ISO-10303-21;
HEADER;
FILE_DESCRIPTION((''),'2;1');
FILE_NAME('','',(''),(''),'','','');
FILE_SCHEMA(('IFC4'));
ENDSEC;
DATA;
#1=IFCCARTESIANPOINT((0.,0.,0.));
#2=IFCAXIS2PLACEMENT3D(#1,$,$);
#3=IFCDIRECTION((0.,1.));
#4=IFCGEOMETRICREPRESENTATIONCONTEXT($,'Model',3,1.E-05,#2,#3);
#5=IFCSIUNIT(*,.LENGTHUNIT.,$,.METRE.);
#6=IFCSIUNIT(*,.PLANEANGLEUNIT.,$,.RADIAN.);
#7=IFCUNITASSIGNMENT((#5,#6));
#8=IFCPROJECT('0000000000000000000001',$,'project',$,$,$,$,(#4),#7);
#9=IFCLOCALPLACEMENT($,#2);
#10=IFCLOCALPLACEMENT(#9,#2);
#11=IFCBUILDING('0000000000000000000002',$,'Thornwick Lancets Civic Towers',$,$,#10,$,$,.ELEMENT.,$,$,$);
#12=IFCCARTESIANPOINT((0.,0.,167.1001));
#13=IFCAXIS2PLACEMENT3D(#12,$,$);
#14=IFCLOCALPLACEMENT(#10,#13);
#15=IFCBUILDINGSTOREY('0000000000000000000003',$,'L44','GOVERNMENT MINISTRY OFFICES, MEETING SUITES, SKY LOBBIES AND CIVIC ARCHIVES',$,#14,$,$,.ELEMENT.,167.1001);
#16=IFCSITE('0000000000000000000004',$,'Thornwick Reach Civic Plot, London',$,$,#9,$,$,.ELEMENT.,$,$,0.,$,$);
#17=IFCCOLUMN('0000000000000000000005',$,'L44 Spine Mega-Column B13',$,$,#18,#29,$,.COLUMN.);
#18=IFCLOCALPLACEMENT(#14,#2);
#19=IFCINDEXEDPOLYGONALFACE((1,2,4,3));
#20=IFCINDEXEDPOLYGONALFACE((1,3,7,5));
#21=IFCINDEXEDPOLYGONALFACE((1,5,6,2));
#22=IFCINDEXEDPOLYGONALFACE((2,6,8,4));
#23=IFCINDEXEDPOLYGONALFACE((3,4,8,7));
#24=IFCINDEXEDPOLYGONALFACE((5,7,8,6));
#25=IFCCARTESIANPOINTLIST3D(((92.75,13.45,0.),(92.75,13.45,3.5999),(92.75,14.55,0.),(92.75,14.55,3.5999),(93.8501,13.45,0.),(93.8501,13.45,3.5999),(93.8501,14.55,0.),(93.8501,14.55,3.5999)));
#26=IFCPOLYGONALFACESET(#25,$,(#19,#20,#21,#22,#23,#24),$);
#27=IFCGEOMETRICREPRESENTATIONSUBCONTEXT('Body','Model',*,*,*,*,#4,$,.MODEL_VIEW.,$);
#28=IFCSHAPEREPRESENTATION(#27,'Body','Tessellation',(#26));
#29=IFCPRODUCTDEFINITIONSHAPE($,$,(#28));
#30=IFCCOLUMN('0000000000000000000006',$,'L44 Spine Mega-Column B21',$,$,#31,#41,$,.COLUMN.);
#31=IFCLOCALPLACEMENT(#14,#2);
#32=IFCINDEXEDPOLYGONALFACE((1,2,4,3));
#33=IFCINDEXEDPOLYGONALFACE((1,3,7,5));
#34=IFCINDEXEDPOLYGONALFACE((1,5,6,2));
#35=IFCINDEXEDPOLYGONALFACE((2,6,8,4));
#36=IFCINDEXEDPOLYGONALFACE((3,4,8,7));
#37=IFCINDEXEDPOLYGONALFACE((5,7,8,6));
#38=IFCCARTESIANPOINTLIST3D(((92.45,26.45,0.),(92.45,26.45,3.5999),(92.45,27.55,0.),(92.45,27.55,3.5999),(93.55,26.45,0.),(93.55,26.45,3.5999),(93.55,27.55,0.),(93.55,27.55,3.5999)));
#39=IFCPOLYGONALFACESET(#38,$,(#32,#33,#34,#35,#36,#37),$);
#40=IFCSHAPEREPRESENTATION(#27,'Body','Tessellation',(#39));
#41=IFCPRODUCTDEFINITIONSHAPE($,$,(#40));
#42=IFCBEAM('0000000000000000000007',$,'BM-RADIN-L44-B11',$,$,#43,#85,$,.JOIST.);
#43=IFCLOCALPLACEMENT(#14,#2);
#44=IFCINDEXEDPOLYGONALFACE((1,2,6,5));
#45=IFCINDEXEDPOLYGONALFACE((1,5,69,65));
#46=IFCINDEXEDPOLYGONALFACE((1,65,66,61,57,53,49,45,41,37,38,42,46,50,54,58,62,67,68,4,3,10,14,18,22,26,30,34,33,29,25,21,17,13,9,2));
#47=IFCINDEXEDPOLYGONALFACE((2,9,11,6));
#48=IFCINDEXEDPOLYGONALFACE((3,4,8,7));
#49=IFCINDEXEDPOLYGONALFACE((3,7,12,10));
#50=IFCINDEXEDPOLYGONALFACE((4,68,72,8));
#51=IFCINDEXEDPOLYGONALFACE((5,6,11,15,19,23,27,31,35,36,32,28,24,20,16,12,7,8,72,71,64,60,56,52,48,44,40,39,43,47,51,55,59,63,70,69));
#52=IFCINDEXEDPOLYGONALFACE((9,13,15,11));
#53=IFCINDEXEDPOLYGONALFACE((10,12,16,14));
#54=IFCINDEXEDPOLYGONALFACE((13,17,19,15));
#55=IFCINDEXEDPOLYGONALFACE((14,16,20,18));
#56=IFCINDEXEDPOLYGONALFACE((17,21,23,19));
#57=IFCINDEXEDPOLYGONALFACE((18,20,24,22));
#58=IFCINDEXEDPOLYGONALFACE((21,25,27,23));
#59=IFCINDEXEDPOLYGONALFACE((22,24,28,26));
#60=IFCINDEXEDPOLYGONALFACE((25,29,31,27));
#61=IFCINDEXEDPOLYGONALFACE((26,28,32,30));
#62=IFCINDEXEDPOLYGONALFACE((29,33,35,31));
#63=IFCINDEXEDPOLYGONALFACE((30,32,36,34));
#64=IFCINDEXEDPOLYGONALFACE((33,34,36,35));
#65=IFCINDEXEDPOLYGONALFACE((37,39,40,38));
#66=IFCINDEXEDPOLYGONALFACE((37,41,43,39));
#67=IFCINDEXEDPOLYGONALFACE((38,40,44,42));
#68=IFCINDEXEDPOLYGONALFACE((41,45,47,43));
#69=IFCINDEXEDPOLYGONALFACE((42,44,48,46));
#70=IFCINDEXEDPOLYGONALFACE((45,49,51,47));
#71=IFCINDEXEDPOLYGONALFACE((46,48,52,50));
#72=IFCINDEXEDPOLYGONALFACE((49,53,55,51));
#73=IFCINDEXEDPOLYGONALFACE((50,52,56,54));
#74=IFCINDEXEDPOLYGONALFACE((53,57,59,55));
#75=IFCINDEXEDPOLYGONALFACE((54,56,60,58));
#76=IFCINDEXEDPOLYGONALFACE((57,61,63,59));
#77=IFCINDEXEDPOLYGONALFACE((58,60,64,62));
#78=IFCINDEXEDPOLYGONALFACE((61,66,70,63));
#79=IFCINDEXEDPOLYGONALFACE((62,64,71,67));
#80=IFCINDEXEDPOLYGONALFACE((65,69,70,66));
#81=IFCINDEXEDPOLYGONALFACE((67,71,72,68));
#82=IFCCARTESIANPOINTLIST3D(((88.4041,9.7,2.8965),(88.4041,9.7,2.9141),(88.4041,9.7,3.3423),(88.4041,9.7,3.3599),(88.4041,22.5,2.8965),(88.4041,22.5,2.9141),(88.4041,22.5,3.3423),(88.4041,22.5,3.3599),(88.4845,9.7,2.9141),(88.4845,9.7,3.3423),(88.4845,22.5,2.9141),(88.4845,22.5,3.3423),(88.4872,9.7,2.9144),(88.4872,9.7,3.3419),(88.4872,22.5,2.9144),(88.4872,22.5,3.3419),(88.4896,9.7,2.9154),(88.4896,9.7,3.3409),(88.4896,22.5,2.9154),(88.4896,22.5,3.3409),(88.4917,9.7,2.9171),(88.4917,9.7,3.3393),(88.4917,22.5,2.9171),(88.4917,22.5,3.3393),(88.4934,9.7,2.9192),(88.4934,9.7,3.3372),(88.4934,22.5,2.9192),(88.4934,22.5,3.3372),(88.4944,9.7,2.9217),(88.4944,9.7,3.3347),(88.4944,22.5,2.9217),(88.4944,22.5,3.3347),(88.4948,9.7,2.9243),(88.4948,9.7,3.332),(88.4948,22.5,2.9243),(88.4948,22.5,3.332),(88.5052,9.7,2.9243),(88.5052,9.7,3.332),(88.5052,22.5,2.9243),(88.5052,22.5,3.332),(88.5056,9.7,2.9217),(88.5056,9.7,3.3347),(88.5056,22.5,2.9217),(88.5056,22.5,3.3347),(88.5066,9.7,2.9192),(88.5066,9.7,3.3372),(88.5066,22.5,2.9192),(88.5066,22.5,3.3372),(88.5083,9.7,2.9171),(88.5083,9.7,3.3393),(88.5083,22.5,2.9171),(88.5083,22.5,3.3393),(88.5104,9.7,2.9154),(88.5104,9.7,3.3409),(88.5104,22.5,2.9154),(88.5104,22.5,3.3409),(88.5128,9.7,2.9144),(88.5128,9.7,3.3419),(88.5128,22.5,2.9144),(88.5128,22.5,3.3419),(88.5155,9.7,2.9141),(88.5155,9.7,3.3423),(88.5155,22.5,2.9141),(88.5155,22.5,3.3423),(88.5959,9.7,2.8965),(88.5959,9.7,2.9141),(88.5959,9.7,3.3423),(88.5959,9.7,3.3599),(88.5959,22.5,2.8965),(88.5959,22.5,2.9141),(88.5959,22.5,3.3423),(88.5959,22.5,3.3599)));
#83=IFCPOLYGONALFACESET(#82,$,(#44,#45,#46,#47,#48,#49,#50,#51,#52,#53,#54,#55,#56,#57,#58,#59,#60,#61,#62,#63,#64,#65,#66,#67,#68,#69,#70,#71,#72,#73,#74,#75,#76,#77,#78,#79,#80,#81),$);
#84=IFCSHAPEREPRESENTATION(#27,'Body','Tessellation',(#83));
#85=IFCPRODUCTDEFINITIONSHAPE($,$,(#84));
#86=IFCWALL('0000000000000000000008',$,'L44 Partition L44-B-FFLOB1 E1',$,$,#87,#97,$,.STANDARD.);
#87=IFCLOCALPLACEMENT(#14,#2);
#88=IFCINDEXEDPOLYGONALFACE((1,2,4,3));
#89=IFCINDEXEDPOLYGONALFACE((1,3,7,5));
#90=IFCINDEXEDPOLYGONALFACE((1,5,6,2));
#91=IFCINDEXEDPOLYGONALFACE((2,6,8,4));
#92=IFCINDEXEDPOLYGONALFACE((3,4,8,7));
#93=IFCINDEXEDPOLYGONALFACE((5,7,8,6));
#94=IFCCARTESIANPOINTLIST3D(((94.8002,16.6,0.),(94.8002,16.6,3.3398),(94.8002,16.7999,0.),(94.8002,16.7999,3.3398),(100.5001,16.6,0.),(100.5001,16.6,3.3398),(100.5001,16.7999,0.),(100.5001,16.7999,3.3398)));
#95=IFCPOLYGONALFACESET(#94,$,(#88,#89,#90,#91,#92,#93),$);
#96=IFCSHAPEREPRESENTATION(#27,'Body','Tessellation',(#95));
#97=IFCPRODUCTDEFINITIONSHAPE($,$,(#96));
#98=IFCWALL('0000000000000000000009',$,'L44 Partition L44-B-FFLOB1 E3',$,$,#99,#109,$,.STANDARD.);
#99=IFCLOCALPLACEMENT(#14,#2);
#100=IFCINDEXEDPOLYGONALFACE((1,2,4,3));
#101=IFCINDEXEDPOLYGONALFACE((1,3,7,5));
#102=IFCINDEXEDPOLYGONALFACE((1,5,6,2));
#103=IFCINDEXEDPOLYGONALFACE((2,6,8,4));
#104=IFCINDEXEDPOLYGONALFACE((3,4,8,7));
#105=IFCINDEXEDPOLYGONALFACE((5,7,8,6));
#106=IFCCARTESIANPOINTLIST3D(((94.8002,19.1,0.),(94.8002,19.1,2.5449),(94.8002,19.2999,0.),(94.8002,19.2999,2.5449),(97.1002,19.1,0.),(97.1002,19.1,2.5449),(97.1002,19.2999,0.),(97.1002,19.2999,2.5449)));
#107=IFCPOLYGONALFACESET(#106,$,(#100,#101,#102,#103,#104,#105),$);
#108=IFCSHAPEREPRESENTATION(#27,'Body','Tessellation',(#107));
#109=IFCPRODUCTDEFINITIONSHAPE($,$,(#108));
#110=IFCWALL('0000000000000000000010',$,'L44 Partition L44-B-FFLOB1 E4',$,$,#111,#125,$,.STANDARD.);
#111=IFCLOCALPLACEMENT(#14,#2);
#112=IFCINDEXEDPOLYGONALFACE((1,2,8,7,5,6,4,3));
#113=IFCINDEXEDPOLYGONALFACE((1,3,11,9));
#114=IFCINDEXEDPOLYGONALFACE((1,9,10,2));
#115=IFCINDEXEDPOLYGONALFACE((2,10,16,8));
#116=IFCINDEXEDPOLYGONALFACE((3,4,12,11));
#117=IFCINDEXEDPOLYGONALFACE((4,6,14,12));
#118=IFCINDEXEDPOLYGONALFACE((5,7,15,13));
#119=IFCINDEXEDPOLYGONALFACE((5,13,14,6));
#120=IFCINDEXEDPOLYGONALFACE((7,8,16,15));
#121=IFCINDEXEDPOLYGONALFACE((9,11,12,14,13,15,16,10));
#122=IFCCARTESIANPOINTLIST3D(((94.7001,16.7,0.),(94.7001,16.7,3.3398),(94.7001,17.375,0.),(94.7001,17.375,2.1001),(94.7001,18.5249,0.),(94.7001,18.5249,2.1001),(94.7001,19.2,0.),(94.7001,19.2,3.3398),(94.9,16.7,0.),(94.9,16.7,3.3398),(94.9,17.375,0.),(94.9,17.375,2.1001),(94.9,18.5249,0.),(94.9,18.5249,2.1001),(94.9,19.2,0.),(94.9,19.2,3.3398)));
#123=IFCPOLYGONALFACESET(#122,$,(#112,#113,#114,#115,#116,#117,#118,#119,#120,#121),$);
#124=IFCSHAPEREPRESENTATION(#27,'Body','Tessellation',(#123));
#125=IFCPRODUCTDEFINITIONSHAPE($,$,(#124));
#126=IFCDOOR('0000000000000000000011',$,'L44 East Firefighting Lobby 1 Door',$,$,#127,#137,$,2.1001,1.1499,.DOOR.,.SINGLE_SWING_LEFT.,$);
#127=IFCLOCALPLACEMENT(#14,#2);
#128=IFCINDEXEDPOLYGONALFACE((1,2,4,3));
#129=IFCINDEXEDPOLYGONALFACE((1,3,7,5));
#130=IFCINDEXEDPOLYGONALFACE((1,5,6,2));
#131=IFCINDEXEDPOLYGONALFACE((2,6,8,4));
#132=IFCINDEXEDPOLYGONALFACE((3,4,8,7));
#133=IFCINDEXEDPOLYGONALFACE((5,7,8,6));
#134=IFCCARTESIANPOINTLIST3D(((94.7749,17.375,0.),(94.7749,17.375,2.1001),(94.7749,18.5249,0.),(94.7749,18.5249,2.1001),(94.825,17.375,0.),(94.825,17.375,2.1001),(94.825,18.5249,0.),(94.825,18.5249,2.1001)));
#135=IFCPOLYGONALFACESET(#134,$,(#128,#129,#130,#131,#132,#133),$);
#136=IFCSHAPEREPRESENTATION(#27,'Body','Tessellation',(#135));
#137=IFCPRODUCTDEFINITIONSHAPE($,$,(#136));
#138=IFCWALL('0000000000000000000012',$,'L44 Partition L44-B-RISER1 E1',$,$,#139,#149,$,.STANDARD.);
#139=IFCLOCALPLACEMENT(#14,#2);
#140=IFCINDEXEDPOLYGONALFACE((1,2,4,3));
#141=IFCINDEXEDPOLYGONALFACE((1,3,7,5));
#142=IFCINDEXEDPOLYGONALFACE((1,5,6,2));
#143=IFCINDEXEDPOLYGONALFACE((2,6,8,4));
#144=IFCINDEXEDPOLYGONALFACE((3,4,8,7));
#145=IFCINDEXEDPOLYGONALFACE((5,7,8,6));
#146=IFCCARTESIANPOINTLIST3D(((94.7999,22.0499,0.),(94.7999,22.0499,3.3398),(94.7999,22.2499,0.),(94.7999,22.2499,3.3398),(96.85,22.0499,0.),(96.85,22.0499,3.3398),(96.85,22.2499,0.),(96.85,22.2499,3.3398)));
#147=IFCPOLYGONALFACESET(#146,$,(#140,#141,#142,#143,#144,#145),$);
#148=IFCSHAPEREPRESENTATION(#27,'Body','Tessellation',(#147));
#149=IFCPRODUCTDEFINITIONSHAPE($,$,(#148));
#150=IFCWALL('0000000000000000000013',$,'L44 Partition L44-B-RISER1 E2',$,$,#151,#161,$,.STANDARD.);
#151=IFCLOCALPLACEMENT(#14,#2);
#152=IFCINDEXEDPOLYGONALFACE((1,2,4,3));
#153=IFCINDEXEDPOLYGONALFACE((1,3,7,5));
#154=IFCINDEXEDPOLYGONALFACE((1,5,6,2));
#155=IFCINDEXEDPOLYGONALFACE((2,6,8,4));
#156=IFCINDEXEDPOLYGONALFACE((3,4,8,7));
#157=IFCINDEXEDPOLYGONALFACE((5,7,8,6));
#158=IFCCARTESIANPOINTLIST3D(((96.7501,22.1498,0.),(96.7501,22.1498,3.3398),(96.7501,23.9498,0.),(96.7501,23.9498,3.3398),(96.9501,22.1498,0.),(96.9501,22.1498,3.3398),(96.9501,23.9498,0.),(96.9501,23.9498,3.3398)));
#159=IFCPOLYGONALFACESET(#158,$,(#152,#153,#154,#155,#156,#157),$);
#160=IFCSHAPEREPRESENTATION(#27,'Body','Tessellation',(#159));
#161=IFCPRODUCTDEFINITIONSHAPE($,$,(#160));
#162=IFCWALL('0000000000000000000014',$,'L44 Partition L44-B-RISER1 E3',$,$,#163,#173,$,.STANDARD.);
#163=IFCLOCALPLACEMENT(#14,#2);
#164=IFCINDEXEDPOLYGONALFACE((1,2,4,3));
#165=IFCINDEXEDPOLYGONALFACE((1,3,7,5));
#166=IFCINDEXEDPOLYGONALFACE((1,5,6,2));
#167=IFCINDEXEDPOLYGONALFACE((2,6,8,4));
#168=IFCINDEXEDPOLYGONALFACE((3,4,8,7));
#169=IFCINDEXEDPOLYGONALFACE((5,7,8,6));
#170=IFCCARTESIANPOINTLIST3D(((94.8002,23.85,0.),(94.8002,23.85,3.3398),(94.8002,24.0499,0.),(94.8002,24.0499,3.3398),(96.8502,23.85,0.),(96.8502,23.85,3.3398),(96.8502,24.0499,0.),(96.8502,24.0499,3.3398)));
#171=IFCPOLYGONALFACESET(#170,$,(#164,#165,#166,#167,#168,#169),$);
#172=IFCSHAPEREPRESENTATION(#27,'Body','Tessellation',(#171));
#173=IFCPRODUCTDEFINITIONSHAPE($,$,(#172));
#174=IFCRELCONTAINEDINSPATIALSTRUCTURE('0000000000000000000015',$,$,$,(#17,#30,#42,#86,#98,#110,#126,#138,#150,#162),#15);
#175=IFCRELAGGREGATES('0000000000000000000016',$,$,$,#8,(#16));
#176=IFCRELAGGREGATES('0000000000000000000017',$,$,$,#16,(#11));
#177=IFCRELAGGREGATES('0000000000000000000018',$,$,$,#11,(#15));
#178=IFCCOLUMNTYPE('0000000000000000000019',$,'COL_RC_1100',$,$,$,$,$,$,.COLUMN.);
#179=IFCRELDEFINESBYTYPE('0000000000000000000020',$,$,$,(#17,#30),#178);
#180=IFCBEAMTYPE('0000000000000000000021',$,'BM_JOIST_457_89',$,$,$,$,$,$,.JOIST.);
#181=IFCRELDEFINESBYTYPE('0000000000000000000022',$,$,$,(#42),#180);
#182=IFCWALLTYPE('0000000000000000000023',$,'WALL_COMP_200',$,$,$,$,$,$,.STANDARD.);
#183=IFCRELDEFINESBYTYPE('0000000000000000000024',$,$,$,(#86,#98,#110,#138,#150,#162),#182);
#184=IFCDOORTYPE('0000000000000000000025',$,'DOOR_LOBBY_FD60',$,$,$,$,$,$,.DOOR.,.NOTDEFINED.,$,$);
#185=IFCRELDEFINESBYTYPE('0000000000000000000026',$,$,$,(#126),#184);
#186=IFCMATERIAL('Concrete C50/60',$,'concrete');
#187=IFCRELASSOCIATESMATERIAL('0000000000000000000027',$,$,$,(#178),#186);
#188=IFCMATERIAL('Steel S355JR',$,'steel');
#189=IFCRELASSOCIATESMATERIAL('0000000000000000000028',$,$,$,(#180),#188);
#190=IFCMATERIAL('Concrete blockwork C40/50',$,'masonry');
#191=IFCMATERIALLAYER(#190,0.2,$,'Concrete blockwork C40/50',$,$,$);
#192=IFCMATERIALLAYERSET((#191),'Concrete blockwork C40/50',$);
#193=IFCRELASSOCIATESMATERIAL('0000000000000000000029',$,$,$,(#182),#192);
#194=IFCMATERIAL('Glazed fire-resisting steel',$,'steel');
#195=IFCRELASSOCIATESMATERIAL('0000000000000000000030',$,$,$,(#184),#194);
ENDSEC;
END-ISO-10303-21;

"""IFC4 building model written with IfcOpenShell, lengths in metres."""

from ifc_helpers import new_model, si_unit, direction, frame, frame_2d, origin, origin_2d, place, context, subcontext, project, spatial, rectangle, i_section, extrude, material, layer, layer_set, material_profile, profile_set, type_object, element, fill, save


model = new_model("IFC4")

# Units and contexts
model_context = context("Model", 3, precision=1e-05, world=origin(), true_north=direction((0.0, 1.0)))
body_context = subcontext(model_context, "Body", "Model", "MODEL_VIEW")
ifc_project = project(units=[si_unit("LENGTHUNIT", "METRE"), si_unit("PLANEANGLEUNIT", "RADIAN")], contexts=[model_context])

# Site, building, storey
site_placement = place(None, origin())
site = spatial("IfcSite", under=ifc_project, at=site_placement, Name="Thornwick Reach Civic Plot, London", CompositionType="ELEMENT", RefElevation=0.0)
building_placement = place(site_placement, origin())
building = spatial("IfcBuilding", under=site, at=building_placement, Name="Thornwick Lancets Civic Towers", CompositionType="ELEMENT")
storey_placement = place(building_placement, frame((0.0, 0.0, 167.1001)))
storey = spatial("IfcBuildingStorey", under=building, at=storey_placement, Name="L44", Description="GOVERNMENT MINISTRY OFFICES, MEETING SUITES, SKY LOBBIES AND CIVIC ARCHIVES", CompositionType="ELEMENT", Elevation=167.1001)

# Columns
ifc_material_1 = material(Name="Concrete C50/60", Category="concrete")
ifc_material_profile_1 = material_profile(ifc_material_1, rectangle(XDim=1.1001, YDim=1.1001, at=origin_2d()), Name="RC 1100x1100")
ifc_profile_set_1 = profile_set([ifc_material_profile_1], Name="Concrete C50/60")
column_type = type_object("IfcColumnType", Name="COL_RC_1100", PredefinedType="COLUMN", material=ifc_profile_set_1)
for number, where, z_axis, x_axis, name in (
    (1, (93.3, 14.0, 0.0), (0.0, 0.0, 1.0), (1.0, 0.0, 0.0), "L44 Spine Mega-Column B13"),
    (2, (93.0, 27.0, 0.0), (0.0, 0.0, 1.0), (1.0, 0.0, 0.0), "L44 Spine Mega-Column B21"),
):
    element("IfcColumn", number, at=place(storey_placement, frame(where, z_axis=z_axis, x_axis=x_axis)), inside=storey, type_object=column_type, Name=name, PredefinedType="COLUMN", context=body_context, shape_type="SweptSolid", body=[
        extrude(rectangle(XDim=1.1001, YDim=1.1001, at=origin_2d()), origin(), (0.0, 0.0, 1.0), 3.5999),
    ])

# Beam
ifc_material_2 = material(Name="Steel S355JR", Category="steel")
ifc_material_profile_2 = material_profile(ifc_material_2, i_section(OverallWidth=0.1919, OverallDepth=0.4634, WebThickness=0.0105, FlangeThickness=0.0176, FilletRadius=0.0103, at=origin_2d()), Name="UKB 457x191x89")
ifc_profile_set_2 = profile_set([ifc_material_profile_2], Name="Steel S355JR")
beam_type = type_object("IfcBeamType", Name="BM_JOIST_457_89", PredefinedType="JOIST", material=ifc_profile_set_2)
beam_placement = place(storey_placement, frame((88.5, 22.5, 3.1282), z_axis=(0.0, -1.0, 0.0), x_axis=(1.0, 0.0, 0.0)))
element("IfcBeam", 3, at=beam_placement, inside=storey, type_object=beam_type, Name="BM-RADIN-L44-B11", PredefinedType="JOIST", context=body_context, shape_type="SweptSolid", body=[
    extrude(i_section(OverallWidth=0.1919, OverallDepth=0.4634, WebThickness=0.0105, FlangeThickness=0.0176, FilletRadius=0.0103, at=origin_2d()), origin(), (0.0, 0.0, 1.0), 12.8),
])

# Walls
ifc_material_3 = material(Name="Concrete blockwork C40/50", Category="masonry")
ifc_layer_1 = layer(ifc_material_3, 0.2, Name="Concrete blockwork C40/50")
ifc_layer_set_1 = layer_set([ifc_layer_1], Name="Concrete blockwork C40/50")
wall_type_1 = type_object("IfcWallType", Name="WALL_COMP_200", PredefinedType="STANDARD", material=ifc_layer_set_1)
wall_1_placement = place(storey_placement, frame((94.8, 16.7, 0.0), z_axis=(0.0, 0.0, 1.0), x_axis=(1.0, 0.0, 0.0)))
element("IfcWall", 4, at=wall_1_placement, inside=storey, type_object=wall_type_1, Name="L44 Partition L44-B-FFLOB1 E1", PredefinedType="STANDARD", context=body_context, shape_type="SweptSolid", body=[
    extrude(rectangle(XDim=5.7, YDim=0.2, at=frame_2d((2.8501, 0.0))), origin(), (0.0, 0.0, 1.0), 3.3398),
])
wall_2_placement = place(storey_placement, frame((97.1001, 19.2, 0.0), z_axis=(0.0, 0.0, 1.0), x_axis=(-1.0, 0.0, 0.0)))
element("IfcWall", 5, at=wall_2_placement, inside=storey, type_object=wall_type_1, Name="L44 Partition L44-B-FFLOB1 E3", PredefinedType="STANDARD", context=body_context, shape_type="SweptSolid", body=[
    extrude(rectangle(XDim=2.3, YDim=0.2, at=frame_2d((1.1499, 0.0))), origin(), (0.0, 0.0, 1.0), 2.5449),
])

# Wall, opening, door
wall_3_placement = place(storey_placement, frame((94.8, 19.2, 0.0), z_axis=(0.0, 0.0, 1.0), x_axis=(0.0, -1.0, 0.0)))
wall_3 = element("IfcWall", 6, at=wall_3_placement, inside=storey, type_object=wall_type_1, Name="L44 Partition L44-B-FFLOB1 E4", PredefinedType="STANDARD", context=body_context, shape_type="SweptSolid", body=[
    extrude(rectangle(XDim=2.5, YDim=0.2, at=frame_2d((1.25, 0.0))), origin(), (0.0, 0.0, 1.0), 3.3398),
])
opening_1_placement = place(wall_3_placement, frame((0.675, 0.0, 0.0)))
opening_1 = element("IfcOpeningElement", 7, at=opening_1_placement, cuts=wall_3, PredefinedType="OPENING", context=body_context, shape_type="SweptSolid", body=[
    extrude(rectangle(XDim=1.1499, YDim=2.1001, at=frame_2d((0.575, 1.05))), frame((0.0, 0.1099, 0.0), z_axis=(0.0, -1.0, 0.0), x_axis=(1.0, 0.0, 0.0)), (0.0, 0.0, 1.0), 0.22),
])
ifc_material_4 = material(Name="Glazed fire-resisting steel", Category="steel")
door_type_1 = type_object("IfcDoorType", Name="DOOR_LOBBY_FD60", OperationType="NOTDEFINED", PredefinedType="DOOR", material=ifc_material_4)
door_1_placement = place(opening_1_placement, origin())
door_1 = element("IfcDoor", 8, at=door_1_placement, inside=storey, type_object=door_type_1, Name="L44 East Firefighting Lobby 1 Door", OperationType="SINGLE_SWING_LEFT", OverallHeight=2.1001, OverallWidth=1.1499, PredefinedType="DOOR", context=body_context, shape_type="SweptSolid", body=[
    extrude(rectangle(XDim=1.1499, YDim=2.1001, at=frame_2d((0.575, 1.05))), frame((0.0, 0.0249, 0.0), z_axis=(0.0, -1.0, 0.0), x_axis=(1.0, 0.0, 0.0)), (0.0, 0.0, 1.0), 0.05),
])
fill(opening_1, door_1)

# Walls
wall_4_placement = place(storey_placement, frame((94.8, 22.1499, 0.0), z_axis=(0.0, 0.0, 1.0), x_axis=(1.0, 0.0, 0.0)))
element("IfcWall", 9, at=wall_4_placement, inside=storey, type_object=wall_type_1, Name="L44 Partition L44-B-RISER1 E1", PredefinedType="STANDARD", context=body_context, shape_type="SweptSolid", body=[
    extrude(rectangle(XDim=2.05, YDim=0.2, at=frame_2d((1.0249, 0.0))), origin(), (0.0, 0.0, 1.0), 3.3398),
])
wall_5_placement = place(storey_placement, frame((96.8501, 22.1499, 0.0), z_axis=(0.0, 0.0, 1.0), x_axis=(0.0, 1.0, 0.0)))
element("IfcWall", 10, at=wall_5_placement, inside=storey, type_object=wall_type_1, Name="L44 Partition L44-B-RISER1 E2", PredefinedType="STANDARD", context=body_context, shape_type="SweptSolid", body=[
    extrude(rectangle(XDim=1.8, YDim=0.2, at=frame_2d((0.8999, 0.0))), origin(), (0.0, 0.0, 1.0), 3.3398),
])
wall_6_placement = place(storey_placement, frame((96.8501, 23.95, 0.0), z_axis=(0.0, 0.0, 1.0), x_axis=(-1.0, 0.0, 0.0)))
element("IfcWall", 11, at=wall_6_placement, inside=storey, type_object=wall_type_1, Name="L44 Partition L44-B-RISER1 E3", PredefinedType="STANDARD", context=body_context, shape_type="SweptSolid", body=[
    extrude(rectangle(XDim=2.05, YDim=0.2, at=frame_2d((1.0249, 0.0))), origin(), (0.0, 0.0, 1.0), 3.3398),
])

save(model, "model.ifc")
